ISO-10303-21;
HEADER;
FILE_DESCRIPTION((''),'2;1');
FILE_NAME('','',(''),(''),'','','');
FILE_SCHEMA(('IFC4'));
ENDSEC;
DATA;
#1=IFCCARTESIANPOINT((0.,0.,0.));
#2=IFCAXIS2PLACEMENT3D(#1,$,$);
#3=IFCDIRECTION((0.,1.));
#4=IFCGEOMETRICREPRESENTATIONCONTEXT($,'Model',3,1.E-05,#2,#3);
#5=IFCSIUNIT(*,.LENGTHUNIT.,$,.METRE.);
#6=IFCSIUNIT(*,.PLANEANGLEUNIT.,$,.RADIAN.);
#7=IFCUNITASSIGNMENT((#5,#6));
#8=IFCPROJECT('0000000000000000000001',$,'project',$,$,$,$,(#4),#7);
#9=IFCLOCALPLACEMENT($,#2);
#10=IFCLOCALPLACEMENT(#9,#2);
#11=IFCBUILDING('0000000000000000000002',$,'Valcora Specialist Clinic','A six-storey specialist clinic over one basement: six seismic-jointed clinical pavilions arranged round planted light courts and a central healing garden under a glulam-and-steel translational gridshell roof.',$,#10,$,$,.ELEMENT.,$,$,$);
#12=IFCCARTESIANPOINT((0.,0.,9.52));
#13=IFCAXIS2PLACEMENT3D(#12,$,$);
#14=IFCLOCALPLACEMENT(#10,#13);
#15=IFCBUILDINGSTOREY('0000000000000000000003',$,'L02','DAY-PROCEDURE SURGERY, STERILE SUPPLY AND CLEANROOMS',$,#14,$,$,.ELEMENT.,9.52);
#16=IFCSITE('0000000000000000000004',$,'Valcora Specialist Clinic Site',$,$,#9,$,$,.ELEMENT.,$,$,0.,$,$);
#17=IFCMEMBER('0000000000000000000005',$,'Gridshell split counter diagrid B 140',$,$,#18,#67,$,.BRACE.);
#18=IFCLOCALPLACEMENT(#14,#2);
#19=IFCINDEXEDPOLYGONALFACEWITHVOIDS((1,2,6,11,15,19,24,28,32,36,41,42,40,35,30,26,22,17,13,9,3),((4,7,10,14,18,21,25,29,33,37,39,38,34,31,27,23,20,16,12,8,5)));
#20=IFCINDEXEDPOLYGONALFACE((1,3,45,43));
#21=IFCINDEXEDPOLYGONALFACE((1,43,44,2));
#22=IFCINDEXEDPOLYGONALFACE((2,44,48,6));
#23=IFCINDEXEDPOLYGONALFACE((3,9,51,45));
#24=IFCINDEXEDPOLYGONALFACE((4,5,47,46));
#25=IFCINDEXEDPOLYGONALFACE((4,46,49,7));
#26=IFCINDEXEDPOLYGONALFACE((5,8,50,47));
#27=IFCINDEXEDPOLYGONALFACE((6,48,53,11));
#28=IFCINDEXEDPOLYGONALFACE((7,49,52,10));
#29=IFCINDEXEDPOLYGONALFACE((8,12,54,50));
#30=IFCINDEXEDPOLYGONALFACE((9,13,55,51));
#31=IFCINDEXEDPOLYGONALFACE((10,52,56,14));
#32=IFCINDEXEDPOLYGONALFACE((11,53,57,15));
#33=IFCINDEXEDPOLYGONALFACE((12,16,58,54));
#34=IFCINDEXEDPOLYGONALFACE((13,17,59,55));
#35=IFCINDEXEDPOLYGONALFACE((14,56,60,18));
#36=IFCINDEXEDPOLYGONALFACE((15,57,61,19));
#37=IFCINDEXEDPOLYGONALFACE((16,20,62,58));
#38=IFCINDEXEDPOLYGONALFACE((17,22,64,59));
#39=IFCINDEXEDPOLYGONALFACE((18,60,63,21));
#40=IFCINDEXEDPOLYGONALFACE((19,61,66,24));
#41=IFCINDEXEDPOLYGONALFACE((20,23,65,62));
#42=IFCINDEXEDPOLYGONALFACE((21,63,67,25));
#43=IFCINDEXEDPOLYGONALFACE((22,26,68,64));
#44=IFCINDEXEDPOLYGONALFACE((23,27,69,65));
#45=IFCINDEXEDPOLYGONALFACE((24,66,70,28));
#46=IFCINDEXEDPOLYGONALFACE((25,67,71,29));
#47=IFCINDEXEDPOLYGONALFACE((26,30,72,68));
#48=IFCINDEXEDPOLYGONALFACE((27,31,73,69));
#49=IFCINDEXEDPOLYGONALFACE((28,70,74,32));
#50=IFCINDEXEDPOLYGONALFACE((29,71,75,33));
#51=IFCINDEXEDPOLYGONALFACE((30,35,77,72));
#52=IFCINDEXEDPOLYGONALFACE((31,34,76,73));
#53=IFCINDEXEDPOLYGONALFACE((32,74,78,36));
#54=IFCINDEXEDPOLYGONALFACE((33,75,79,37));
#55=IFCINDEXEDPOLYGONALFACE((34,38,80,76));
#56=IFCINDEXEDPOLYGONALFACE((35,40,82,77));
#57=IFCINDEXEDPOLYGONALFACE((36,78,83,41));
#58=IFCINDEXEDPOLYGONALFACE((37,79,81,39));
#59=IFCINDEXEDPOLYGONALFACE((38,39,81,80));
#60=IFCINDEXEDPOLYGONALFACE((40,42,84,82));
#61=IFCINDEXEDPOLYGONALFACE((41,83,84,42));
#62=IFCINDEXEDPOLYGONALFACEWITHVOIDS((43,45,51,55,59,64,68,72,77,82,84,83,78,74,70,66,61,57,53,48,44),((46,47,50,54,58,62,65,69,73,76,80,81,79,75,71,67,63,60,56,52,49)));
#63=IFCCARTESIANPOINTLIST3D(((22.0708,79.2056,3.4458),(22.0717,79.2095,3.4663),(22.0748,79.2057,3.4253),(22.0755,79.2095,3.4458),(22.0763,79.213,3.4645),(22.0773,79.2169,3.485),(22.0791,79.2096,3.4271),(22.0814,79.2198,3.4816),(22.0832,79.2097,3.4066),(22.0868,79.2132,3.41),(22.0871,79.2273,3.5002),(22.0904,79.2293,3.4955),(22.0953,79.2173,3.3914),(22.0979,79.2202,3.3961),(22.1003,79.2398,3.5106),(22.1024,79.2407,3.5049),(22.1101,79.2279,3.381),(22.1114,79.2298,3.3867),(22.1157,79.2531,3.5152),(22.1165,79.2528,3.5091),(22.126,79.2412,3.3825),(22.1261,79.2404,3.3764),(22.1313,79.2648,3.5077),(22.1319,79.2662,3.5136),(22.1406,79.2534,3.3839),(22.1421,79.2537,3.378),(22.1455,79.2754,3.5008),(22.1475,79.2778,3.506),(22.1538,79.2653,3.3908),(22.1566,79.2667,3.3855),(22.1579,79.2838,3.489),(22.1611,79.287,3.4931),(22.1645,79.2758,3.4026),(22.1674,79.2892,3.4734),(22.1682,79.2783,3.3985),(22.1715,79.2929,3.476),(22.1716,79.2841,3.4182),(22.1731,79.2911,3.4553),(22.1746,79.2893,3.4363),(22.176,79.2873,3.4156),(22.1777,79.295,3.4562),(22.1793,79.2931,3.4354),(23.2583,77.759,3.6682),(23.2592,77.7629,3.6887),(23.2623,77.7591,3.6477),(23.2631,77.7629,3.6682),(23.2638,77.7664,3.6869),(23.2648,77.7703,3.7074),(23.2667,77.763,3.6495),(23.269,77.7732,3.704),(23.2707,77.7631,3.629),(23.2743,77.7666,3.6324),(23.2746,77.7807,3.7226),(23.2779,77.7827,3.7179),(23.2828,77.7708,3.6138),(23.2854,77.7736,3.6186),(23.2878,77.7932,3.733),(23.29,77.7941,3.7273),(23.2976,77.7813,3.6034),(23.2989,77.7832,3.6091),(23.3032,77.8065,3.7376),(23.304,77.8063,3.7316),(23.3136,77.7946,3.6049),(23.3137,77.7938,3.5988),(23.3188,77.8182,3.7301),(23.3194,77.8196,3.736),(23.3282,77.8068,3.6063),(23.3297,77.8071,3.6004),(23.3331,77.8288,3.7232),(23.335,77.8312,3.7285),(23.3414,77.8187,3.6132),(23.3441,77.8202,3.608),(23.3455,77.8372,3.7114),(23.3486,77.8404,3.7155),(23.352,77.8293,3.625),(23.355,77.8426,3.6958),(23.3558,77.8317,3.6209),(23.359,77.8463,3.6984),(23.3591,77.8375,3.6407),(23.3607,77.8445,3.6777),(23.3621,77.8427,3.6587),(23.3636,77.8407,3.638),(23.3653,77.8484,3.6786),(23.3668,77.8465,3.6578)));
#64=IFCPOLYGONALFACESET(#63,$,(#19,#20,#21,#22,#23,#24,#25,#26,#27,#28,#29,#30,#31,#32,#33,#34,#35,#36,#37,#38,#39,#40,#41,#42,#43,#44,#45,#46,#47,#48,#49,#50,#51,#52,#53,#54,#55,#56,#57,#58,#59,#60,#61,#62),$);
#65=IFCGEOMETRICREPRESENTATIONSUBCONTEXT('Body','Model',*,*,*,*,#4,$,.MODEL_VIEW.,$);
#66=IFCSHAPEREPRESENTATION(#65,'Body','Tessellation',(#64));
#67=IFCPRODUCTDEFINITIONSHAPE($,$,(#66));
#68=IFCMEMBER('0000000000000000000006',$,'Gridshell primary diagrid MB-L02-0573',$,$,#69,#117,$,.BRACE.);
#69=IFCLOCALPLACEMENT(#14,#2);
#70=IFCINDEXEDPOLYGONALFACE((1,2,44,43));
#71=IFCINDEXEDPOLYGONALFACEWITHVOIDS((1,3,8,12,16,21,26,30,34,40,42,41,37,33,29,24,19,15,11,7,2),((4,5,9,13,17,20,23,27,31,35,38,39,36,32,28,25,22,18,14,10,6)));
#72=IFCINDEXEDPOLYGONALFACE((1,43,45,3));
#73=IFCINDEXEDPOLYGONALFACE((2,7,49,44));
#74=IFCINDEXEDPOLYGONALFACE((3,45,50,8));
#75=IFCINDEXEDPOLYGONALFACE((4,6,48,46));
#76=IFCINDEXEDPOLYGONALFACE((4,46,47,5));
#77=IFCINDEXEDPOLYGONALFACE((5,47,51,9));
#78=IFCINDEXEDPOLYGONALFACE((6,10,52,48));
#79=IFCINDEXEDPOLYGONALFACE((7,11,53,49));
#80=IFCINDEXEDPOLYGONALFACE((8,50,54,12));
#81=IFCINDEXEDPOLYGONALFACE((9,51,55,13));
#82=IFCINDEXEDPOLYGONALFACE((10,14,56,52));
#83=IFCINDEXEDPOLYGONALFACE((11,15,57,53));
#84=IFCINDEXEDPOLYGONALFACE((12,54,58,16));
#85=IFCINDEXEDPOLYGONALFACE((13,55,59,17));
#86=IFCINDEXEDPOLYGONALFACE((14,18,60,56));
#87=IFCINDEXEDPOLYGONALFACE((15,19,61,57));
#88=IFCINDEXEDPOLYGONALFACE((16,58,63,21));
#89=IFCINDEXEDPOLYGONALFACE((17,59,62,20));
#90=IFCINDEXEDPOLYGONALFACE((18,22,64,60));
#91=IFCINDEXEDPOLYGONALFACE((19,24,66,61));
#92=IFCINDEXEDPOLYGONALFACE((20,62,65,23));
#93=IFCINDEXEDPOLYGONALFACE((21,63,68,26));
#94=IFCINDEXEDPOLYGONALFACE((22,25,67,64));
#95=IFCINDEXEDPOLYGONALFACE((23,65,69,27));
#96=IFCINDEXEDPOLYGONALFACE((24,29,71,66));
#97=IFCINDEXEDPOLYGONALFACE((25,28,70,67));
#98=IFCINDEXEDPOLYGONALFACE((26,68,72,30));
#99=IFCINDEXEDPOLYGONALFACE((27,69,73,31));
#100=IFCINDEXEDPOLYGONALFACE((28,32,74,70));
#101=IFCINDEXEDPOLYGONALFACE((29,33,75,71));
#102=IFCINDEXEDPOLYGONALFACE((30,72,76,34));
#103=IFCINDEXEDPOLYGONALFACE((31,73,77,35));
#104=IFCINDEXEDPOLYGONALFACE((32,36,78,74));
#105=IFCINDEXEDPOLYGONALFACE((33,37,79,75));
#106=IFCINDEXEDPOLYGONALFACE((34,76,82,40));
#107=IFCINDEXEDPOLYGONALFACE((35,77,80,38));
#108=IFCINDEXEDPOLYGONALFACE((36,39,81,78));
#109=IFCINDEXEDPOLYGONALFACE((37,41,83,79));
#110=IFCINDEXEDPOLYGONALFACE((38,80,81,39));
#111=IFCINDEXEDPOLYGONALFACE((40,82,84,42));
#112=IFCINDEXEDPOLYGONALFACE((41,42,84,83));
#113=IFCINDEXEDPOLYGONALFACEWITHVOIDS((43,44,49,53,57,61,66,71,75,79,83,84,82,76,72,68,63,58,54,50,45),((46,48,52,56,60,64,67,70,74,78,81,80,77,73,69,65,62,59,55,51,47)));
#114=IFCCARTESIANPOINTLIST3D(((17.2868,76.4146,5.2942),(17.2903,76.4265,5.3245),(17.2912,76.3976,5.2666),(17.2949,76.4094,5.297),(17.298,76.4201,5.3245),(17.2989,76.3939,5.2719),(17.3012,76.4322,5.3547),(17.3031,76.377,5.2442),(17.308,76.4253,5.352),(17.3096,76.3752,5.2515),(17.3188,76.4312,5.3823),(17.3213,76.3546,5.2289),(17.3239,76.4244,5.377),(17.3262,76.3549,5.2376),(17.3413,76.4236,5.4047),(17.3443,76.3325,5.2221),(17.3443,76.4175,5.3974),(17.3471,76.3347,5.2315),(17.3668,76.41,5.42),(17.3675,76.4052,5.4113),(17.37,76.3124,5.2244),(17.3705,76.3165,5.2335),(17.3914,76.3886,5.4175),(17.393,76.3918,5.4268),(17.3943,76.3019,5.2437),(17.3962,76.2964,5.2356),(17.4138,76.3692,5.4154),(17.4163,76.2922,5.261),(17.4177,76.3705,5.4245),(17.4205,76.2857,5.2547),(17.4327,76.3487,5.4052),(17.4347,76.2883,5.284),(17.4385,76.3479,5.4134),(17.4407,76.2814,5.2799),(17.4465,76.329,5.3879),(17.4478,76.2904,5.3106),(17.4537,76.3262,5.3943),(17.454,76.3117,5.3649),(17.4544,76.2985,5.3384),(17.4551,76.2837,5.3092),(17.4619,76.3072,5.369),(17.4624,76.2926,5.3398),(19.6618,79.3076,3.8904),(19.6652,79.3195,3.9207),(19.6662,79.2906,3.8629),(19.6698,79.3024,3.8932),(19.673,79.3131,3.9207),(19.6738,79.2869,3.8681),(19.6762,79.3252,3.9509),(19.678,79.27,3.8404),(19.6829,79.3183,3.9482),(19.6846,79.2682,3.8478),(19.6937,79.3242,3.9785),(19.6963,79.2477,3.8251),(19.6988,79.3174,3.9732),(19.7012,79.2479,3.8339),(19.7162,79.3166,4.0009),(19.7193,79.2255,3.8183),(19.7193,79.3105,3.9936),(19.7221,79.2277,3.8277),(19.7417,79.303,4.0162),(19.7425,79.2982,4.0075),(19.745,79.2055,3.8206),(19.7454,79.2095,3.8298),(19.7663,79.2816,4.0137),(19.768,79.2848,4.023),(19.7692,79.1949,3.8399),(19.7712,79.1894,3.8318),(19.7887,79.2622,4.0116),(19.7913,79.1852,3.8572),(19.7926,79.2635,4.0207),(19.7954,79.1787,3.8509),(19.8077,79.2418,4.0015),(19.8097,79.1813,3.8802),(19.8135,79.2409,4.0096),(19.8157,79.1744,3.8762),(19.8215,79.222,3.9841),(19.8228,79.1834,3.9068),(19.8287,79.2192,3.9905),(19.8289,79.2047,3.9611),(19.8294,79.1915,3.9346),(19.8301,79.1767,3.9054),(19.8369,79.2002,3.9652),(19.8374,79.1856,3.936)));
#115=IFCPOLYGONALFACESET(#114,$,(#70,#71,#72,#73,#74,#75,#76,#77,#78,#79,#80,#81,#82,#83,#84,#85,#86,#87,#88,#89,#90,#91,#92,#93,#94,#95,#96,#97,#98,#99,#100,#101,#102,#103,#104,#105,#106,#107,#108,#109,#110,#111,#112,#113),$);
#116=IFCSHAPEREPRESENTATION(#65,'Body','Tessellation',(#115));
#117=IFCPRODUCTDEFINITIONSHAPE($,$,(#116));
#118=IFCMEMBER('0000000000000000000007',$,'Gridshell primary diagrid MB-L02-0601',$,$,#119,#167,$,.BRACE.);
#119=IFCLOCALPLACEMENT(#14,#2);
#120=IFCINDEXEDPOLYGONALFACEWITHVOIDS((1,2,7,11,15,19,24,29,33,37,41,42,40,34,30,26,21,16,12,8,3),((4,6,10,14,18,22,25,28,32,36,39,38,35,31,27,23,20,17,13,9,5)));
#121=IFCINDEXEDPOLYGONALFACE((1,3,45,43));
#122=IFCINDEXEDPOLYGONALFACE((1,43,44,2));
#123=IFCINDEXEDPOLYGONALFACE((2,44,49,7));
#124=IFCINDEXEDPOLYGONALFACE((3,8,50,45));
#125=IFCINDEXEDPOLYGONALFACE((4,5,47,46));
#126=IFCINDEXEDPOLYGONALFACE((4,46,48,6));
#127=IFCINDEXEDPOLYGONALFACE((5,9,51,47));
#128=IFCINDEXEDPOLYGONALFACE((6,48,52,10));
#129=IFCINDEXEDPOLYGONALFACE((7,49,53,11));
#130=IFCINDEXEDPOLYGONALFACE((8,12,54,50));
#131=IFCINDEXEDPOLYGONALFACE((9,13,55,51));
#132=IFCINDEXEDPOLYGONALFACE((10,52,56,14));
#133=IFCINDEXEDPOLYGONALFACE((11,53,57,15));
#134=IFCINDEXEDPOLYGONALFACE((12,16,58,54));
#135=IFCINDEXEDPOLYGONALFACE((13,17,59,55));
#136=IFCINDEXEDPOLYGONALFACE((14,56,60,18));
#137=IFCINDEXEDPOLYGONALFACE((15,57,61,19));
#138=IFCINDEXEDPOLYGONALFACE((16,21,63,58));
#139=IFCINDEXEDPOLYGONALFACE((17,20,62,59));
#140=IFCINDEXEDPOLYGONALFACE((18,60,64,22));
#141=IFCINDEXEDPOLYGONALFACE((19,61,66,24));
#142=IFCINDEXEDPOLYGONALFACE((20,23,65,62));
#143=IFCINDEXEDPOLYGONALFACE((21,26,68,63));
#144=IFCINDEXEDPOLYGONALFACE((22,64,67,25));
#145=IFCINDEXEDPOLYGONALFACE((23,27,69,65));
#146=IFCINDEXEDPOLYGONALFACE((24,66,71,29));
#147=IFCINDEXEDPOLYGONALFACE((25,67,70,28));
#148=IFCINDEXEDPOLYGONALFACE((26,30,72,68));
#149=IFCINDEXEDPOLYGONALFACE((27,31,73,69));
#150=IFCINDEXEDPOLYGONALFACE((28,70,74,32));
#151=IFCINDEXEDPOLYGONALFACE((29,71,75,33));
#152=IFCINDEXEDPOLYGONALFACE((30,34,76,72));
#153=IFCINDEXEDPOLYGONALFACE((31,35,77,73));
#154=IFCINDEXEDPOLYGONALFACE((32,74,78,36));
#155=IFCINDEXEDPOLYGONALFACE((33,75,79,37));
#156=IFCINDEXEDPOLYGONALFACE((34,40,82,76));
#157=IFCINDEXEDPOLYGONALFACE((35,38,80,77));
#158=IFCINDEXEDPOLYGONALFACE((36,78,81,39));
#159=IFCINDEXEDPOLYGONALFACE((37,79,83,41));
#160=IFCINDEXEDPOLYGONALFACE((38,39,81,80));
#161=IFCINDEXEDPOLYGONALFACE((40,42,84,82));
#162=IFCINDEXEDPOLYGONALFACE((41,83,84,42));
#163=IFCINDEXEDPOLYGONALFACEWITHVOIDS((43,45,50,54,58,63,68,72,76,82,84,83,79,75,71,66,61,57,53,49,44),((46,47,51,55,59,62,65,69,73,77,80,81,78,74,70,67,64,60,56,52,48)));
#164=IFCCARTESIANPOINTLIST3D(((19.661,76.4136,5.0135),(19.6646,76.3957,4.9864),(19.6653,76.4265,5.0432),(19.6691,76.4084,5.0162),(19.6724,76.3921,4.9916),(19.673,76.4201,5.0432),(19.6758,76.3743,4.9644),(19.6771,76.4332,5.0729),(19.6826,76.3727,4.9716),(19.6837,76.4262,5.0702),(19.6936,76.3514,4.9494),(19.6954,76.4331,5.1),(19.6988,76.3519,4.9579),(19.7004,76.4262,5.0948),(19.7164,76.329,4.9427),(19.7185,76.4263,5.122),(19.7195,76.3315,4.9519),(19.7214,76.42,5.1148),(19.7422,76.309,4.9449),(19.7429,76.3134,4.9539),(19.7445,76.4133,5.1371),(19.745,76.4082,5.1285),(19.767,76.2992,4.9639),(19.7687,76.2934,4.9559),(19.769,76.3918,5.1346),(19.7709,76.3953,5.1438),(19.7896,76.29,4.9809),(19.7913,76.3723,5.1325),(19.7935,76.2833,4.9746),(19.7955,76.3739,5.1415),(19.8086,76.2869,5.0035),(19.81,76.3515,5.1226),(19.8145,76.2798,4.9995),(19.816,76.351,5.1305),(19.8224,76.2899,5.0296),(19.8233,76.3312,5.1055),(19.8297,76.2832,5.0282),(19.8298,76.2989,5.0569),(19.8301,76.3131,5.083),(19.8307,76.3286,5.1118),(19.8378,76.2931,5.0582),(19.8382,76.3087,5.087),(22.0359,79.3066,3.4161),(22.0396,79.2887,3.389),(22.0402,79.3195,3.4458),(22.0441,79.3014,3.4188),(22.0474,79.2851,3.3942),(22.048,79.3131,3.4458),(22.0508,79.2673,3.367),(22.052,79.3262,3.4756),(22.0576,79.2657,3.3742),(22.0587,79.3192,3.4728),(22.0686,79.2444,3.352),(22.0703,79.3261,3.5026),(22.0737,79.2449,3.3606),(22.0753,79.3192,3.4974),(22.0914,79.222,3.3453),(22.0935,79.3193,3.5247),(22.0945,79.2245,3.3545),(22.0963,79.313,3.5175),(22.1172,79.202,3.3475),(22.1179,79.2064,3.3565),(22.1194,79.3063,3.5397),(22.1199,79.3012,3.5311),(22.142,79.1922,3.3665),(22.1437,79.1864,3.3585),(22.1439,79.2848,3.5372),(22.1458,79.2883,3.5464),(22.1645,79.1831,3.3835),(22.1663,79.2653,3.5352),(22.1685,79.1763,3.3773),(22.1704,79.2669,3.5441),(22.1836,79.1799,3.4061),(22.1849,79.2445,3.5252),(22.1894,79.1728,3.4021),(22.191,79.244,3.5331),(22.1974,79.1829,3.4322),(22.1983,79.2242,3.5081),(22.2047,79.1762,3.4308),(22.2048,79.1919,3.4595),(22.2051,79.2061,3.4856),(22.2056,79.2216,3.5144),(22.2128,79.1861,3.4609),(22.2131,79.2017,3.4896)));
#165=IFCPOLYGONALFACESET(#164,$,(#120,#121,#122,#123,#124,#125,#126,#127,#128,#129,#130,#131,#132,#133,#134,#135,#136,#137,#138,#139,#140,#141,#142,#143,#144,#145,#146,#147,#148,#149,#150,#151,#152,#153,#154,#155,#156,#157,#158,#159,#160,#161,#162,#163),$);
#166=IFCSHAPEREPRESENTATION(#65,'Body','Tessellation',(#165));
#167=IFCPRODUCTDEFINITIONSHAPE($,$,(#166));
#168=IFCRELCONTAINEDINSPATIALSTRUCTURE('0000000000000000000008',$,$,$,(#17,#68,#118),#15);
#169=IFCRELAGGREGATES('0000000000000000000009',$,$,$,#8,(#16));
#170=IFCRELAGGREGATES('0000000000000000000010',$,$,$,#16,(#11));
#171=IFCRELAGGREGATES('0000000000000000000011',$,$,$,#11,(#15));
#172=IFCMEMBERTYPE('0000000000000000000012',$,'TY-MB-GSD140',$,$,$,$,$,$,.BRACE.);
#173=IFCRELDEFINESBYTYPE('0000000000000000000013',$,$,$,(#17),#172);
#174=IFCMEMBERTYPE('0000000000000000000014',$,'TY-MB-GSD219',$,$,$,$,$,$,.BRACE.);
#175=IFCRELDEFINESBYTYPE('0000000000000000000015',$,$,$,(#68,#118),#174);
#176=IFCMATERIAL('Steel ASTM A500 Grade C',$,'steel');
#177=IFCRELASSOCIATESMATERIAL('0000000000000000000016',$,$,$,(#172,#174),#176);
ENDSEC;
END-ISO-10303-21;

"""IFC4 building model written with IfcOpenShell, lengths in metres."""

from ifc_helpers import new_model, si_unit, direction, frame, origin, origin_2d, place, context, subcontext, project, spatial, hollow_circle, extrude, material, material_profile, profile_set, type_object, element, save


model = new_model("IFC4")

# Units and contexts
model_context = context("Model", 3, precision=1e-05, world=origin(), true_north=direction((0.0, 1.0)))
body_context = subcontext(model_context, "Body", "Model", "MODEL_VIEW")
ifc_project = project(units=[si_unit("LENGTHUNIT", "METRE"), si_unit("PLANEANGLEUNIT", "RADIAN")], contexts=[model_context])

# Site, building, storey
site_placement = place(None, origin())
site = spatial("IfcSite", under=ifc_project, at=site_placement, Name="Valcora Specialist Clinic Site", CompositionType="ELEMENT", RefElevation=0.0)
building_placement = place(site_placement, origin())
building = spatial("IfcBuilding", under=site, at=building_placement, Name="Valcora Specialist Clinic", Description="A six-storey specialist clinic over one basement: six seismic-jointed clinical pavilions arranged round planted light courts and a central healing garden under a glulam-and-steel translational gridshell roof.", CompositionType="ELEMENT")
storey_placement = place(building_placement, frame((0.0, 0.0, 9.52)))
storey = spatial("IfcBuildingStorey", under=building, at=storey_placement, Name="L02", Description="DAY-PROCEDURE SURGERY, STERILE SUPPLY AND CLEANROOMS", CompositionType="ELEMENT", Elevation=9.52)

# Members
ifc_material_1 = material(Name="Steel ASTM A500 Grade C", Category="steel")
ifc_material_profile_1 = material_profile(ifc_material_1, hollow_circle(Radius=0.0701, WallThickness=0.0061, at=origin_2d()), Name="ST-CHS-140X6")
ifc_profile_set_1 = profile_set([ifc_material_profile_1], Name="Steel ASTM A500 Grade C")
member_type_1 = type_object("IfcMemberType", Name="TY-MB-GSD140", PredefinedType="BRACE", material=ifc_profile_set_1)
member_1_placement = place(storey_placement, frame((23.3125, 77.8035, 3.6682), z_axis=(-0.630075, 0.767515, -0.118009), x_axis=(-0.772916, -0.634508, 0.0)))
element("IfcMember", 1, at=member_1_placement, inside=storey, type_object=member_type_1, Name="Gridshell split counter diagrid B 140", PredefinedType="BRACE", context=body_context, shape_type="SweptSolid", body=[
    extrude(hollow_circle(Radius=0.0701, WallThickness=0.0061, at=origin_2d()), origin(), (0.0, 0.0, 1.0), 1.8848),
])
ifc_material_profile_2 = material_profile(ifc_material_1, hollow_circle(Radius=0.1096, WallThickness=0.01, at=origin_2d()), Name="ST-CHS-219X10")
ifc_profile_set_2 = profile_set([ifc_material_profile_2], Name="Steel ASTM A500 Grade C")
member_type_2 = type_object("IfcMemberType", Name="TY-MB-GSD219", PredefinedType="BRACE", material=ifc_profile_set_2)
member_2_placement = place(storey_placement, frame((17.375, 76.3569, 5.3245), z_axis=(0.5941, 0.723693, -0.351159), x_axis=(-0.772916, 0.634508, 0.0)))
element("IfcMember", 2, at=member_2_placement, inside=storey, type_object=member_type_2, Name="Gridshell primary diagrid MB-L02-0573", PredefinedType="BRACE", context=body_context, shape_type="SweptSolid", body=[
    extrude(hollow_circle(Radius=0.1096, WallThickness=0.01, at=origin_2d()), origin(), (0.0, 0.0, 1.0), 3.9976),
])
member_3_placement = place(storey_placement, frame((19.75, 76.3569, 5.0432), z_axis=(0.583586, 0.710885, -0.392517), x_axis=(-0.772916, 0.634508, 0.0)))
element("IfcMember", 3, at=member_3_placement, inside=storey, type_object=member_type_2, Name="Gridshell primary diagrid MB-L02-0601", PredefinedType="BRACE", context=body_context, shape_type="SweptSolid", body=[
    extrude(hollow_circle(Radius=0.1096, WallThickness=0.01, at=origin_2d()), origin(), (0.0, 0.0, 1.0), 4.0696),
])

save(model, "model.ifc")
